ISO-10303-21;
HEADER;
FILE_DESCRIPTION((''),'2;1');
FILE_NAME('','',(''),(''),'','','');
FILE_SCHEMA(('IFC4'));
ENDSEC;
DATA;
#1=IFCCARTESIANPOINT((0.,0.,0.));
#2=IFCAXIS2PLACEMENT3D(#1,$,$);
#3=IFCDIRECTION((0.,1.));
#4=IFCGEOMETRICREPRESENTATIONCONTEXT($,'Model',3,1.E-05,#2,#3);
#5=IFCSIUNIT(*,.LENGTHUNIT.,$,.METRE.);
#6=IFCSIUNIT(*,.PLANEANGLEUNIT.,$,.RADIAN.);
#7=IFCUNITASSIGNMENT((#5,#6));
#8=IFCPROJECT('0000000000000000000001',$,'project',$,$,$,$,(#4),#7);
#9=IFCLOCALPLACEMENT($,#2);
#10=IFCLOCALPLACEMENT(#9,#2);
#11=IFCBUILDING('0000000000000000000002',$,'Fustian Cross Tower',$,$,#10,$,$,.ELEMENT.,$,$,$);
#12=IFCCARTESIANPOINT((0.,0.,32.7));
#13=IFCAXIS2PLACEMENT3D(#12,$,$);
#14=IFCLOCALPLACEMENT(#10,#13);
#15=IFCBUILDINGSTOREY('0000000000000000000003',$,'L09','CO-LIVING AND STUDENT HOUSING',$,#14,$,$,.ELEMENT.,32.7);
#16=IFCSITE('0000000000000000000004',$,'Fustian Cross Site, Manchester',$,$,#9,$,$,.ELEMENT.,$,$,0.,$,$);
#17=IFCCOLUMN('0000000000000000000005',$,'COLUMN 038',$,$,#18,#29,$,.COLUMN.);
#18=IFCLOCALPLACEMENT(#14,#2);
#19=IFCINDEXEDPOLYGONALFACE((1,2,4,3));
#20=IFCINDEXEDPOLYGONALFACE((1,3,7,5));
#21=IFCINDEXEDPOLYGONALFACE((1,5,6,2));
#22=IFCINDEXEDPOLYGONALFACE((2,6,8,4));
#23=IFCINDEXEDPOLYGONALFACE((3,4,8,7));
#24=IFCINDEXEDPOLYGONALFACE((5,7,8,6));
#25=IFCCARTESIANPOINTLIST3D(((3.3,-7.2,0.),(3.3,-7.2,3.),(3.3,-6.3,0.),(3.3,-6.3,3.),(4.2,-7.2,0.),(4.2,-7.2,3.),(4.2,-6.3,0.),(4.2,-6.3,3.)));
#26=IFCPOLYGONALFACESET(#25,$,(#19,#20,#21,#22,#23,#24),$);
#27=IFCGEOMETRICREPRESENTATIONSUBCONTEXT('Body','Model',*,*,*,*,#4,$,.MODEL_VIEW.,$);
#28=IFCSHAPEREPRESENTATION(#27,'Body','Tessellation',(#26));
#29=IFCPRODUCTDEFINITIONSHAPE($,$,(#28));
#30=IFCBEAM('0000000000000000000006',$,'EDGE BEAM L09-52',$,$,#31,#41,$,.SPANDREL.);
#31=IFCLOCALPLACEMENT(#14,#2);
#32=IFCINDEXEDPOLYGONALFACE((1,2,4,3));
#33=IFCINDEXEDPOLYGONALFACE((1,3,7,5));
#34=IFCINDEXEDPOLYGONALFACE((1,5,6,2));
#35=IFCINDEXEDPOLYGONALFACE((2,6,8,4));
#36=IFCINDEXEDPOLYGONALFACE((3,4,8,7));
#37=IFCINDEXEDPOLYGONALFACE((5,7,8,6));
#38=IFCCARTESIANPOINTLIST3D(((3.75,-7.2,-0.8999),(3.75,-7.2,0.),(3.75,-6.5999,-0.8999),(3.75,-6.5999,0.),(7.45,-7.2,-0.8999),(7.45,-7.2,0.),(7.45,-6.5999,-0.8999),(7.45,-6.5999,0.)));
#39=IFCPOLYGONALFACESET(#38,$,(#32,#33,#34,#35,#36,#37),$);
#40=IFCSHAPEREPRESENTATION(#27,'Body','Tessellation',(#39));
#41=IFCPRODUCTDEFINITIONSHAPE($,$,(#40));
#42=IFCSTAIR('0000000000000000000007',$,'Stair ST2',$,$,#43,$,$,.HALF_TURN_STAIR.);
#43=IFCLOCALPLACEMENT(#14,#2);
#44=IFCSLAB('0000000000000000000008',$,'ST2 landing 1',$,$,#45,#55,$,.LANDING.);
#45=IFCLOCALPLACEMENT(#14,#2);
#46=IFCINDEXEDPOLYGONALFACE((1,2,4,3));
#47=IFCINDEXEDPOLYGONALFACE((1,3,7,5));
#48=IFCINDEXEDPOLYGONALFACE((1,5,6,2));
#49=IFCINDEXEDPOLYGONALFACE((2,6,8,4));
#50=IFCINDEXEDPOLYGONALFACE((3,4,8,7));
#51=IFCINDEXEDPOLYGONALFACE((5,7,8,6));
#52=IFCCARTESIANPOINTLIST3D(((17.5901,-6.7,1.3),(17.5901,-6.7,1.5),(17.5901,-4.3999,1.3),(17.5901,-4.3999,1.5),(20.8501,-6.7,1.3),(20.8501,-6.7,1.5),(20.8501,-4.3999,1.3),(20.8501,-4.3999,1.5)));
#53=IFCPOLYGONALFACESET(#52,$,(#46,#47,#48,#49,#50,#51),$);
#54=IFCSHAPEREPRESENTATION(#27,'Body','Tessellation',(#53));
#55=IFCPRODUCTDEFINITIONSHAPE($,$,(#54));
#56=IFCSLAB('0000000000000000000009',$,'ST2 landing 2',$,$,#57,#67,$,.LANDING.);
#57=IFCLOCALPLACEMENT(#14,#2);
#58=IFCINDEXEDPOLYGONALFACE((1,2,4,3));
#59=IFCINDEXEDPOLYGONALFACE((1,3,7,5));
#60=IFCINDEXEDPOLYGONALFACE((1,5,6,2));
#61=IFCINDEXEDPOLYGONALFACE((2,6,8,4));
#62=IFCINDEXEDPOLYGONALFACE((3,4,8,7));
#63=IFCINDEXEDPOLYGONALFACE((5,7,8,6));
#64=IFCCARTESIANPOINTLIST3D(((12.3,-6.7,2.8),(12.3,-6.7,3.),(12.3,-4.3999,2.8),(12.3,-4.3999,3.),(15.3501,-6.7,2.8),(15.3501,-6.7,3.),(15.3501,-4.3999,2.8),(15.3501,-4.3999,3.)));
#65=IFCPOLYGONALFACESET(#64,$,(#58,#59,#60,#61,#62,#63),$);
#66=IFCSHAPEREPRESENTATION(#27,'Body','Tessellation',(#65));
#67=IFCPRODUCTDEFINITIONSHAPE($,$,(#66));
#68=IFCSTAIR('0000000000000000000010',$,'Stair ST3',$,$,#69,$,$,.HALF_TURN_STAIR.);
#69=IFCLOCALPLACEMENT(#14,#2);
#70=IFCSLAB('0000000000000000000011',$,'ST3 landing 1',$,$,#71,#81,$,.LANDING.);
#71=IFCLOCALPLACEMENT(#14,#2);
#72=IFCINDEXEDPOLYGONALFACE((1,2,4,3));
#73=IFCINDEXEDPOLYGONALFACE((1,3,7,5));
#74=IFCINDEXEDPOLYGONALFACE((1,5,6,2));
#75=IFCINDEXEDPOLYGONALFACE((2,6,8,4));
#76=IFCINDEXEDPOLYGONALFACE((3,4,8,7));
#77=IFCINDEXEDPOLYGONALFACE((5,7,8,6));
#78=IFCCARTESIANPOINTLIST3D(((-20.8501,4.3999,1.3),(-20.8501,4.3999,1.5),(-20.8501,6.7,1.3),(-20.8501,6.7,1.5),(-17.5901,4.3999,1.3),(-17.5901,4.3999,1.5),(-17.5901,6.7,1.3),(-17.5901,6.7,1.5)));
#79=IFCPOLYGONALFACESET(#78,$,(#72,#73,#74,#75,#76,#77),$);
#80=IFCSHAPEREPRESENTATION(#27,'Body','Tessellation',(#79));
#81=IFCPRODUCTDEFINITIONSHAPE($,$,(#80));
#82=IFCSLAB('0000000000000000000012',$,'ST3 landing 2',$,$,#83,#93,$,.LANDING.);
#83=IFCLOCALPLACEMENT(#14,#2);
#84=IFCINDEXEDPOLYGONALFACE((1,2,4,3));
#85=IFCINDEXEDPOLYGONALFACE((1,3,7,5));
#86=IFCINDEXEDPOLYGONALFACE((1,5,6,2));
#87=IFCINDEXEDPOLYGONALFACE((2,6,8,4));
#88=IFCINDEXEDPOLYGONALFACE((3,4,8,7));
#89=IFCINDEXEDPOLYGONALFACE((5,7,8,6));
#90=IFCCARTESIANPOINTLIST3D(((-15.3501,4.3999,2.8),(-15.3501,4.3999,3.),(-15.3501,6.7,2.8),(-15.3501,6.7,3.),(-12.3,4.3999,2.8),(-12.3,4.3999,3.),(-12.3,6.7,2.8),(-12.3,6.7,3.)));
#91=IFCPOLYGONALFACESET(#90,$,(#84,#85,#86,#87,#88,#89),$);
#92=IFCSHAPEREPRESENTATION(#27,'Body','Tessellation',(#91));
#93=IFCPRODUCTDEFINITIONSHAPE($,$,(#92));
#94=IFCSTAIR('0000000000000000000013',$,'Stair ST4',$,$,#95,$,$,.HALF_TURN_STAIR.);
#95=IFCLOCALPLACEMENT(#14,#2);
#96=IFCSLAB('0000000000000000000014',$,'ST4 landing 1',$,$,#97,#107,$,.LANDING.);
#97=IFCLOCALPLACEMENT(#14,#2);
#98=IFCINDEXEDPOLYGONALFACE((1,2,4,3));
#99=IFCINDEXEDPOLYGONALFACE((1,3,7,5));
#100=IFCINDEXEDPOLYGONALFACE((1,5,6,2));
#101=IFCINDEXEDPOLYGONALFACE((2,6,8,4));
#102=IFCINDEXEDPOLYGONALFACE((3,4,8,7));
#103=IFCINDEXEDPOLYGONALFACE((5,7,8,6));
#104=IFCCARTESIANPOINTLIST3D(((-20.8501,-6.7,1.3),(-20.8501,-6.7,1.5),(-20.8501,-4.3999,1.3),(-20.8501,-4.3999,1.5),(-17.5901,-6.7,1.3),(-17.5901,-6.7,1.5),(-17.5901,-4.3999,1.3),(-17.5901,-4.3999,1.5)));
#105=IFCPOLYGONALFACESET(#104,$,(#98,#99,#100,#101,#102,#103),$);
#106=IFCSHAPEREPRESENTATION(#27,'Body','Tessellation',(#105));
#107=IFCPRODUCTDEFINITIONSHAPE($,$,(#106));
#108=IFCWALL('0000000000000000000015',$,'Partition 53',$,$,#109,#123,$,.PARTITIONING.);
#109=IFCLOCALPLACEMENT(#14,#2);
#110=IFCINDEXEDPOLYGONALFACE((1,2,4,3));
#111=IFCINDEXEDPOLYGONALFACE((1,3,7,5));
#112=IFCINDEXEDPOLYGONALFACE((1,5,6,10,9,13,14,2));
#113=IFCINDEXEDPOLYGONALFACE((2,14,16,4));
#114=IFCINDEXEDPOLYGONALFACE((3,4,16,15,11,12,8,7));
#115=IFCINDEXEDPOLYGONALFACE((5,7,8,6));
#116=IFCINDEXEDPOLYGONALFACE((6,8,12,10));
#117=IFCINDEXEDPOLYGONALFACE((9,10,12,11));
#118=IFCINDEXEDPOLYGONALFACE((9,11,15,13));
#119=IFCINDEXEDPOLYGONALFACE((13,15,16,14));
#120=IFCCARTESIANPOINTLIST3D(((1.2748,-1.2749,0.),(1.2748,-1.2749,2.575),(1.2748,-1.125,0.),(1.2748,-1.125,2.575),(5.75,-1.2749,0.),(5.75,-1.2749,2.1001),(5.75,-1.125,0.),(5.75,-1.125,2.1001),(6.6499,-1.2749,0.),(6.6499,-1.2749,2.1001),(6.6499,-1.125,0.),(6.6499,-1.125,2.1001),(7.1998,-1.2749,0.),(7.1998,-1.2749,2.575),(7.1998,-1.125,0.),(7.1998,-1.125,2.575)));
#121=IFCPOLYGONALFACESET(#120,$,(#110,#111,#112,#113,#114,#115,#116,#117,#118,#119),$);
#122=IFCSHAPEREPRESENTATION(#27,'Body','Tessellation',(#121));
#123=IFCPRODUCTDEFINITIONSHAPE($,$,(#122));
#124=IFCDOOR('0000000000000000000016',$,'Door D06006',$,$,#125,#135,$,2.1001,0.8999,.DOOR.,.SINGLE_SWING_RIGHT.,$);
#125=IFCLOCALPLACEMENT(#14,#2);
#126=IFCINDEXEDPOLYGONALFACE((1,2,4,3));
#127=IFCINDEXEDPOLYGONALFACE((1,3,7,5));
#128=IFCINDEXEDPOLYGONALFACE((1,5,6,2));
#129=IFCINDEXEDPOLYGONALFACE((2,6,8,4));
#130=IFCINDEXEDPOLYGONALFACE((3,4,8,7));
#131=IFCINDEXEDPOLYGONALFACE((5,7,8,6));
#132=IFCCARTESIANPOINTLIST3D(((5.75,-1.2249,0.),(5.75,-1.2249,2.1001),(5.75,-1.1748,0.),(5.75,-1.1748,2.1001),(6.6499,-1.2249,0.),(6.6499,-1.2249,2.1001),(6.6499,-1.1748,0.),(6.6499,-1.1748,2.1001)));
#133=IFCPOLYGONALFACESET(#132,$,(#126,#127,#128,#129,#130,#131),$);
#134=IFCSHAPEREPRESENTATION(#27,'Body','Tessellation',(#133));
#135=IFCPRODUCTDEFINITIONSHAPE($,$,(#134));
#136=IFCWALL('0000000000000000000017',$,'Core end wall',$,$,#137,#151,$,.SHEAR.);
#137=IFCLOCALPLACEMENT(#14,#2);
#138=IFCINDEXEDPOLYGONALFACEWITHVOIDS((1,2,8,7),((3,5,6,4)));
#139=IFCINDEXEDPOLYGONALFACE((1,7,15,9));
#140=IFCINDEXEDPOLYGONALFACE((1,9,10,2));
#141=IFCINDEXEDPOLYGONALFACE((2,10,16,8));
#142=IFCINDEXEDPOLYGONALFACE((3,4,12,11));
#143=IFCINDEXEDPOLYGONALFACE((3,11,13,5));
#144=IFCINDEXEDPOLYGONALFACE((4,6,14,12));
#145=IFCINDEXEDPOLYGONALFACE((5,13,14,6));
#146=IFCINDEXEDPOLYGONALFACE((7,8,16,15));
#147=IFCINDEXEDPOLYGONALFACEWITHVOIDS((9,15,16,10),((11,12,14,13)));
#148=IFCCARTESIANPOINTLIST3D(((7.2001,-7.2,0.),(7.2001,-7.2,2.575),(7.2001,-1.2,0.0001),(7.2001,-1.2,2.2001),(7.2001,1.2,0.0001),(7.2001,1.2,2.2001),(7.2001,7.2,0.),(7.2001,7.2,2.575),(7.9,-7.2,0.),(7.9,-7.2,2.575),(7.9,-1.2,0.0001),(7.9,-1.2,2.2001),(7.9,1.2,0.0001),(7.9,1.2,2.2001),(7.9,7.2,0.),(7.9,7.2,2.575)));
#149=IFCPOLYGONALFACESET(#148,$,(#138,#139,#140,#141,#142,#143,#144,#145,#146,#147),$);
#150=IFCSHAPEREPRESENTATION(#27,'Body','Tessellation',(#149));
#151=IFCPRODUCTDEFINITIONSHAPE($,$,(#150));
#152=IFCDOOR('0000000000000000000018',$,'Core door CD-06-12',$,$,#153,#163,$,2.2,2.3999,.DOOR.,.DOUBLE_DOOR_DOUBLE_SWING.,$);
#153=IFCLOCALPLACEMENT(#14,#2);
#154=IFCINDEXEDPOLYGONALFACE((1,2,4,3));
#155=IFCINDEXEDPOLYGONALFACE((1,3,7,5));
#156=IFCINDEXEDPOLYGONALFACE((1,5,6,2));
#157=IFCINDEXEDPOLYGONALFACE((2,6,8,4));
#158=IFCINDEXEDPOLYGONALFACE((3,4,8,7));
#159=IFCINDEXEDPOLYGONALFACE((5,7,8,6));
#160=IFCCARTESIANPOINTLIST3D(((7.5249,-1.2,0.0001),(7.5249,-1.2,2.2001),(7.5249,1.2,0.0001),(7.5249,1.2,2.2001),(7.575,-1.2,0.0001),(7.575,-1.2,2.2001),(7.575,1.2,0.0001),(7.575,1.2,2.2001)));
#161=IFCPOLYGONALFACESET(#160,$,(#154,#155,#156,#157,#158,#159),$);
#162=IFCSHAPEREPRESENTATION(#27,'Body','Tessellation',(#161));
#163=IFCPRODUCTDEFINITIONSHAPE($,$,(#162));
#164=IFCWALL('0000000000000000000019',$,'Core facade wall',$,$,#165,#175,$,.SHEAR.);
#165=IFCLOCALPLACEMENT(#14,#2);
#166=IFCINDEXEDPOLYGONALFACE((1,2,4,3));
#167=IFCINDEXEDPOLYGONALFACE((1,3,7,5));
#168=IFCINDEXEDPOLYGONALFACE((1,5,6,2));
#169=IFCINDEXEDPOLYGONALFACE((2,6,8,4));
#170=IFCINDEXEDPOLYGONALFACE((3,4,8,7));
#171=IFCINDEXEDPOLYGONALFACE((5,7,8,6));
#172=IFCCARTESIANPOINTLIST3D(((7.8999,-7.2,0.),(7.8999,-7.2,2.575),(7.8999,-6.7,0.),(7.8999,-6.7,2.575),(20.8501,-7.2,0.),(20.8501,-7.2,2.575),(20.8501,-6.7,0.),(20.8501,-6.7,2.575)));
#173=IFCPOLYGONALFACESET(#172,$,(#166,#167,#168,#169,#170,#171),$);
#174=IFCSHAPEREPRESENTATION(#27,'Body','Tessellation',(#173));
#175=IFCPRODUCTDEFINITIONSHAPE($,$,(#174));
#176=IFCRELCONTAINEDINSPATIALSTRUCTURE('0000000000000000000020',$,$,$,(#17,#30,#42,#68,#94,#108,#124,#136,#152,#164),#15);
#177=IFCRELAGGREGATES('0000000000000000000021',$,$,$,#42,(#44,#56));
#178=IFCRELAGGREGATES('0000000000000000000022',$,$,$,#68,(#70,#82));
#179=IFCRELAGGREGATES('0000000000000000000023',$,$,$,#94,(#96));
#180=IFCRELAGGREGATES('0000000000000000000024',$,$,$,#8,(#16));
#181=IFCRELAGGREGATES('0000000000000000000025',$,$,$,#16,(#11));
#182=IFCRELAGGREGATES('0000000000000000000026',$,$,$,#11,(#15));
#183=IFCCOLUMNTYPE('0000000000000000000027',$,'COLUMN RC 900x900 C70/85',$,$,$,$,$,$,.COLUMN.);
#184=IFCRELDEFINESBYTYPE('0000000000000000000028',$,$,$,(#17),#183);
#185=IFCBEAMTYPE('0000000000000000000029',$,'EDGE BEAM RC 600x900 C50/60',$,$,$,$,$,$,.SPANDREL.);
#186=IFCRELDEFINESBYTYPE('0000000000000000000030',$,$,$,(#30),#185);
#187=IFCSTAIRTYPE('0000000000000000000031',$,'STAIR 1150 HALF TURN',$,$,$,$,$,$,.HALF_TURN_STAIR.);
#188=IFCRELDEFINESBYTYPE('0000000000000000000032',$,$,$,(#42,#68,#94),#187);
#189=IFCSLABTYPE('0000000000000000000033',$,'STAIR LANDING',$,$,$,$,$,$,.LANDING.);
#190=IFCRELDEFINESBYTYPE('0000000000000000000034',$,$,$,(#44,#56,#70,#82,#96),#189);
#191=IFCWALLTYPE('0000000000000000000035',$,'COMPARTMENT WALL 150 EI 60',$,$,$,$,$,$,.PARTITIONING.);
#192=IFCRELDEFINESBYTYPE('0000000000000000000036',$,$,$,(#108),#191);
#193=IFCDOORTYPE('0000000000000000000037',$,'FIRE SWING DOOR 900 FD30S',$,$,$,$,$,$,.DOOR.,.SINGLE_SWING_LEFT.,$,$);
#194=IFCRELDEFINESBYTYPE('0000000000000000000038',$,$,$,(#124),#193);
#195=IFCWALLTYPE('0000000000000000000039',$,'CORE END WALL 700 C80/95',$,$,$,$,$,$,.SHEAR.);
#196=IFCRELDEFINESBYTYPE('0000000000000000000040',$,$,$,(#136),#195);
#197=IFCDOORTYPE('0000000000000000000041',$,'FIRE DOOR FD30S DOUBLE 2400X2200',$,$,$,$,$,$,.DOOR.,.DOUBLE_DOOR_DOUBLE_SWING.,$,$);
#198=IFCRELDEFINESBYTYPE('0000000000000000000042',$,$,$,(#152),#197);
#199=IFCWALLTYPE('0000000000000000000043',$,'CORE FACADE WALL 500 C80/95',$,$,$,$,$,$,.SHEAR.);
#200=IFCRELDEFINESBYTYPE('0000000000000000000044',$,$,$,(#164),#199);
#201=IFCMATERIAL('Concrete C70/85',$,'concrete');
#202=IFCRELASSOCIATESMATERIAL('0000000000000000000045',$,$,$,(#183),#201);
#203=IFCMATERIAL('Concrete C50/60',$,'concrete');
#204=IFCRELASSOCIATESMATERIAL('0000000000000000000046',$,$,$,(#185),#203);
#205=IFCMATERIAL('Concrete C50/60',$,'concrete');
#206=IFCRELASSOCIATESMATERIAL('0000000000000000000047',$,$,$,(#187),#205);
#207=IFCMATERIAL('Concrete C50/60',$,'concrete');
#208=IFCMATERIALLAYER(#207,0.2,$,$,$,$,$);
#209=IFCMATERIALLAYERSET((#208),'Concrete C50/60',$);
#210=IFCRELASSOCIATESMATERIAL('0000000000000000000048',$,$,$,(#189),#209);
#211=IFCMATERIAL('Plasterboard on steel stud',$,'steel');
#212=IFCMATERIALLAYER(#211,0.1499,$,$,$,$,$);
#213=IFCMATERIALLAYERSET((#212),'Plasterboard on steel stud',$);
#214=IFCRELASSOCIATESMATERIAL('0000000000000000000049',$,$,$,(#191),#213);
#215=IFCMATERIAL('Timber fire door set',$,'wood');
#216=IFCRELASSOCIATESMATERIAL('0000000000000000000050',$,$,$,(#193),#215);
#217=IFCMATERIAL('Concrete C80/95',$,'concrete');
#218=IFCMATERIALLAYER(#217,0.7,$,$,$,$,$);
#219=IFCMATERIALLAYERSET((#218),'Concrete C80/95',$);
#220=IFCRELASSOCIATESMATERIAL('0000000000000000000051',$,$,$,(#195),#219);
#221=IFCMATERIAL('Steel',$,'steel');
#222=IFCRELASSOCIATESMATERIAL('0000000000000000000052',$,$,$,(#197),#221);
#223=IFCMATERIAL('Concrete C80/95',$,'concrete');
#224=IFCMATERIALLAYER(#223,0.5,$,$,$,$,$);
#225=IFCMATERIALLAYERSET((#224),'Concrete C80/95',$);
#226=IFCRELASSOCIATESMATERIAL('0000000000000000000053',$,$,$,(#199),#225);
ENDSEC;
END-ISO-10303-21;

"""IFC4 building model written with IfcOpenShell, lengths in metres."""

from ifc_helpers import new_model, si_unit, direction, frame, frame_2d, origin, origin_2d, place, context, subcontext, project, spatial, polyline, rectangle, outline, extrude, material, layer, layer_set, material_profile, profile_set, type_object, element, fill, aggregate, save


model = new_model("IFC4")

# Units and contexts
model_context = context("Model", 3, precision=1e-05, world=origin(), true_north=direction((0.0, 1.0)))
body_context = subcontext(model_context, "Body", "Model", "MODEL_VIEW")
ifc_project = project(units=[si_unit("LENGTHUNIT", "METRE"), si_unit("PLANEANGLEUNIT", "RADIAN")], contexts=[model_context])

# Site, building, storey
site_placement = place(None, origin())
site = spatial("IfcSite", under=ifc_project, at=site_placement, Name="Fustian Cross Site, Manchester", CompositionType="ELEMENT", RefElevation=0.0)
building_placement = place(site_placement, origin())
building = spatial("IfcBuilding", under=site, at=building_placement, Name="Fustian Cross Tower", CompositionType="ELEMENT")
storey_placement = place(building_placement, frame((0.0, 0.0, 32.7)))
storey = spatial("IfcBuildingStorey", under=building, at=storey_placement, Name="L09", Description="CO-LIVING AND STUDENT HOUSING", CompositionType="ELEMENT", Elevation=32.7)

# Column
ifc_material_1 = material(Name="Concrete C70/85", Category="concrete")
ifc_material_profile_1 = material_profile(ifc_material_1, rectangle(XDim=0.8999, YDim=0.8999, at=origin_2d()), Name="RC 900x900")
ifc_profile_set_1 = profile_set([ifc_material_profile_1], Name="Concrete C70/85")
column_type = type_object("IfcColumnType", Name="COLUMN RC 900x900 C70/85", PredefinedType="COLUMN", material=ifc_profile_set_1)
column_placement = place(storey_placement, frame((3.75, -6.75, 0.0), z_axis=(0.0, 0.0, 1.0), x_axis=(1.0, 0.0, 0.0)))
element("IfcColumn", 1, at=column_placement, inside=storey, type_object=column_type, Name="COLUMN 038", PredefinedType="COLUMN", context=body_context, shape_type="SweptSolid", body=[
    extrude(rectangle(XDim=0.8999, YDim=0.8999, at=origin_2d()), origin(), (0.0, 0.0, 1.0), 3.0),
])

# Beam
ifc_material_2 = material(Name="Concrete C50/60", Category="concrete")
ifc_material_profile_2 = material_profile(ifc_material_2, rectangle(XDim=0.6001, YDim=0.8999, at=origin_2d()), Name="RC 600x900")
ifc_profile_set_2 = profile_set([ifc_material_profile_2], Name="Concrete C50/60")
beam_type = type_object("IfcBeamType", Name="EDGE BEAM RC 600x900 C50/60", PredefinedType="SPANDREL", material=ifc_profile_set_2)
beam_placement = place(storey_placement, frame((3.75, -6.8999, -0.45), z_axis=(1.0, 0.0, 0.0), x_axis=(0.0, 1.0, 0.0)))
element("IfcBeam", 2, at=beam_placement, inside=storey, type_object=beam_type, Name="EDGE BEAM L09-52", PredefinedType="SPANDREL", context=body_context, shape_type="SweptSolid", body=[
    extrude(rectangle(XDim=0.6001, YDim=0.8999, at=origin_2d()), origin(), (0.0, 0.0, 1.0), 3.7),
])

# Stairs, slabs
ifc_material_3 = material(Name="Concrete C50/60", Category="concrete")
stair_type = type_object("IfcStairType", Name="STAIR 1150 HALF TURN", PredefinedType="HALF_TURN_STAIR", material=ifc_material_3)
stair_1_placement = place(storey_placement, origin())
stair_1 = element("IfcStair", 3, at=stair_1_placement, inside=storey, type_object=stair_type, Name="Stair ST2", PredefinedType="HALF_TURN_STAIR")
ifc_material_4 = material(Name="Concrete C50/60", Category="concrete")
ifc_layer_1 = layer(ifc_material_4, 0.2)
ifc_layer_set_1 = layer_set([ifc_layer_1], Name="Concrete C50/60")
slab_type = type_object("IfcSlabType", Name="STAIR LANDING", PredefinedType="LANDING", material=ifc_layer_set_1)
slab_1_placement = place(storey_placement, frame((0.0, 0.0, 1.3)))
slab_1 = element("IfcSlab", 4, at=slab_1_placement, type_object=slab_type, Name="ST2 landing 1", PredefinedType="LANDING", context=body_context, shape_type="SweptSolid", body=[
    extrude(outline(polyline([(17.5901, -4.3999), (20.8501, -4.3999), (20.8501, -6.7), (17.5901, -6.7), (17.5901, -4.3999)])), origin(), (0.0, 0.0, 1.0), 0.2),
])
slab_2_placement = place(storey_placement, frame((0.0, 0.0, 2.8)))
slab_2 = element("IfcSlab", 5, at=slab_2_placement, type_object=slab_type, Name="ST2 landing 2", PredefinedType="LANDING", context=body_context, shape_type="SweptSolid", body=[
    extrude(outline(polyline([(12.3, -4.3999), (15.3501, -4.3999), (15.3501, -6.7), (12.3, -6.7), (12.3, -4.3999)])), origin(), (0.0, 0.0, 1.0), 0.2),
])
aggregate(stair_1, [slab_1, slab_2])
stair_2_placement = place(storey_placement, origin())
stair_2 = element("IfcStair", 6, at=stair_2_placement, inside=storey, type_object=stair_type, Name="Stair ST3", PredefinedType="HALF_TURN_STAIR")
slab_3_placement = place(storey_placement, frame((0.0, 0.0, 1.3)))
slab_3 = element("IfcSlab", 7, at=slab_3_placement, type_object=slab_type, Name="ST3 landing 1", PredefinedType="LANDING", context=body_context, shape_type="SweptSolid", body=[
    extrude(outline(polyline([(-17.5901, 4.3999), (-20.8501, 4.3999), (-20.8501, 6.7), (-17.5901, 6.7), (-17.5901, 4.3999)])), origin(), (0.0, 0.0, 1.0), 0.2),
])
slab_4_placement = place(storey_placement, frame((0.0, 0.0, 2.8)))
slab_4 = element("IfcSlab", 8, at=slab_4_placement, type_object=slab_type, Name="ST3 landing 2", PredefinedType="LANDING", context=body_context, shape_type="SweptSolid", body=[
    extrude(outline(polyline([(-12.3, 4.3999), (-15.3501, 4.3999), (-15.3501, 6.7), (-12.3, 6.7), (-12.3, 4.3999)])), origin(), (0.0, 0.0, 1.0), 0.2),
])
aggregate(stair_2, [slab_3, slab_4])

# Stair, slab
stair_3_placement = place(storey_placement, origin())
stair_3 = element("IfcStair", 9, at=stair_3_placement, inside=storey, type_object=stair_type, Name="Stair ST4", PredefinedType="HALF_TURN_STAIR")
slab_5_placement = place(storey_placement, frame((0.0, 0.0, 1.3)))
slab_5 = element("IfcSlab", 10, at=slab_5_placement, type_object=slab_type, Name="ST4 landing 1", PredefinedType="LANDING", context=body_context, shape_type="SweptSolid", body=[
    extrude(outline(polyline([(-17.5901, -4.3999), (-20.8501, -4.3999), (-20.8501, -6.7), (-17.5901, -6.7), (-17.5901, -4.3999)])), origin(), (0.0, 0.0, 1.0), 0.2),
])
aggregate(stair_3, [slab_5])

# Walls, openings, doors
ifc_material_5 = material(Name="Plasterboard on steel stud", Category="steel")
ifc_layer_2 = layer(ifc_material_5, 0.1499)
ifc_layer_set_2 = layer_set([ifc_layer_2], Name="Plasterboard on steel stud")
wall_type_1 = type_object("IfcWallType", Name="COMPARTMENT WALL 150 EI 60", PredefinedType="PARTITIONING", material=ifc_layer_set_2)
wall_1_placement = place(storey_placement, frame((1.2749, -1.2, 0.0), z_axis=(0.0, 0.0, 1.0), x_axis=(1.0, 0.0, 0.0)))
wall_1 = element("IfcWall", 11, at=wall_1_placement, inside=storey, type_object=wall_type_1, Name="Partition 53", PredefinedType="PARTITIONING", context=body_context, shape_type="SweptSolid", body=[
    extrude(rectangle(XDim=5.925, YDim=0.1499, at=frame_2d((2.9624, 0.0))), origin(), (0.0, 0.0, 1.0), 2.575),
])
opening_1_placement = place(wall_1_placement, frame((4.4751, 0.0, 0.0)))
opening_1 = element("IfcOpeningElement", 12, at=opening_1_placement, cuts=wall_1, PredefinedType="OPENING", context=body_context, shape_type="SweptSolid", body=[
    extrude(rectangle(XDim=0.8999, YDim=2.1001, at=frame_2d((0.45, 1.05))), frame((0.0, 0.085, 0.0), z_axis=(0.0, -1.0, 0.0), x_axis=(1.0, 0.0, 0.0)), (0.0, 0.0, 1.0), 0.1699),
])
ifc_material_6 = material(Name="Timber fire door set", Category="wood")
door_type_1 = type_object("IfcDoorType", Name="FIRE SWING DOOR 900 FD30S", OperationType="SINGLE_SWING_LEFT", PredefinedType="DOOR", material=ifc_material_6)
door_1_placement = place(opening_1_placement, frame((0.8999, 0.0, 0.0), z_axis=(0.0, 0.0, 1.0), x_axis=(-1.0, 0.0, 0.0)))
door_1 = element("IfcDoor", 13, at=door_1_placement, inside=storey, type_object=door_type_1, Name="Door D06006", OperationType="SINGLE_SWING_RIGHT", OverallHeight=2.1001, OverallWidth=0.8999, PredefinedType="DOOR", context=body_context, shape_type="SweptSolid", body=[
    extrude(rectangle(XDim=0.8999, YDim=2.1001, at=frame_2d((0.45, 1.05))), frame((0.0, 0.0249, 0.0), z_axis=(0.0, -1.0, 0.0), x_axis=(1.0, 0.0, 0.0)), (0.0, 0.0, 1.0), 0.05),
])
fill(opening_1, door_1)
ifc_material_7 = material(Name="Concrete C80/95", Category="concrete")
ifc_layer_3 = layer(ifc_material_7, 0.7)
ifc_layer_set_3 = layer_set([ifc_layer_3], Name="Concrete C80/95")
wall_type_2 = type_object("IfcWallType", Name="CORE END WALL 700 C80/95", PredefinedType="SHEAR", material=ifc_layer_set_3)
wall_2_placement = place(storey_placement, frame((7.55, -7.2, 0.0), z_axis=(0.0, 0.0, 1.0), x_axis=(0.0, 1.0, 0.0)))
wall_2 = element("IfcWall", 14, at=wall_2_placement, inside=storey, type_object=wall_type_2, Name="Core end wall", PredefinedType="SHEAR", context=body_context, shape_type="SweptSolid", body=[
    extrude(rectangle(XDim=14.3999, YDim=0.7, at=frame_2d((7.2, 0.0))), origin(), (0.0, 0.0, 1.0), 2.575),
])
opening_2_placement = place(wall_2_placement, frame((6.0, 0.0, 0.0)))
opening_2 = element("IfcOpeningElement", 15, at=opening_2_placement, cuts=wall_2, PredefinedType="OPENING", context=body_context, shape_type="SweptSolid", body=[
    extrude(rectangle(XDim=2.3999, YDim=2.2, at=frame_2d((1.2, 1.1001))), frame((0.0, 0.3599, 0.0), z_axis=(0.0, -1.0, 0.0), x_axis=(1.0, 0.0, 0.0)), (0.0, 0.0, 1.0), 0.72),
])
ifc_material_8 = material(Name="Steel", Category="steel")
door_type_2 = type_object("IfcDoorType", Name="FIRE DOOR FD30S DOUBLE 2400X2200", OperationType="DOUBLE_DOOR_DOUBLE_SWING", PredefinedType="DOOR", material=ifc_material_8)
door_2_placement = place(opening_2_placement, frame((2.3999, 0.0, 0.0), z_axis=(0.0, 0.0, 1.0), x_axis=(-1.0, 0.0, 0.0)))
door_2 = element("IfcDoor", 16, at=door_2_placement, inside=storey, type_object=door_type_2, Name="Core door CD-06-12", OperationType="DOUBLE_DOOR_DOUBLE_SWING", OverallHeight=2.2, OverallWidth=2.3999, PredefinedType="DOOR", context=body_context, shape_type="SweptSolid", body=[
    extrude(rectangle(XDim=2.3999, YDim=2.2, at=frame_2d((1.2, 1.1001))), frame((0.0, 0.0249, 0.0), z_axis=(0.0, -1.0, 0.0), x_axis=(1.0, 0.0, 0.0)), (0.0, 0.0, 1.0), 0.05),
])
fill(opening_2, door_2)

# Wall
ifc_material_9 = material(Name="Concrete C80/95", Category="concrete")
ifc_layer_4 = layer(ifc_material_9, 0.5)
ifc_layer_set_4 = layer_set([ifc_layer_4], Name="Concrete C80/95")
wall_type_3 = type_object("IfcWallType", Name="CORE FACADE WALL 500 C80/95", PredefinedType="SHEAR", material=ifc_layer_set_4)
wall_3_placement = place(storey_placement, frame((7.8999, -6.95, 0.0), z_axis=(0.0, 0.0, 1.0), x_axis=(1.0, 0.0, 0.0)))
element("IfcWall", 17, at=wall_3_placement, inside=storey, type_object=wall_type_3, Name="Core facade wall", PredefinedType="SHEAR", context=body_context, shape_type="SweptSolid", body=[
    extrude(rectangle(XDim=12.9502, YDim=0.5, at=frame_2d((6.4751, 0.0))), origin(), (0.0, 0.0, 1.0), 2.575),
])

save(model, "model.ifc")
